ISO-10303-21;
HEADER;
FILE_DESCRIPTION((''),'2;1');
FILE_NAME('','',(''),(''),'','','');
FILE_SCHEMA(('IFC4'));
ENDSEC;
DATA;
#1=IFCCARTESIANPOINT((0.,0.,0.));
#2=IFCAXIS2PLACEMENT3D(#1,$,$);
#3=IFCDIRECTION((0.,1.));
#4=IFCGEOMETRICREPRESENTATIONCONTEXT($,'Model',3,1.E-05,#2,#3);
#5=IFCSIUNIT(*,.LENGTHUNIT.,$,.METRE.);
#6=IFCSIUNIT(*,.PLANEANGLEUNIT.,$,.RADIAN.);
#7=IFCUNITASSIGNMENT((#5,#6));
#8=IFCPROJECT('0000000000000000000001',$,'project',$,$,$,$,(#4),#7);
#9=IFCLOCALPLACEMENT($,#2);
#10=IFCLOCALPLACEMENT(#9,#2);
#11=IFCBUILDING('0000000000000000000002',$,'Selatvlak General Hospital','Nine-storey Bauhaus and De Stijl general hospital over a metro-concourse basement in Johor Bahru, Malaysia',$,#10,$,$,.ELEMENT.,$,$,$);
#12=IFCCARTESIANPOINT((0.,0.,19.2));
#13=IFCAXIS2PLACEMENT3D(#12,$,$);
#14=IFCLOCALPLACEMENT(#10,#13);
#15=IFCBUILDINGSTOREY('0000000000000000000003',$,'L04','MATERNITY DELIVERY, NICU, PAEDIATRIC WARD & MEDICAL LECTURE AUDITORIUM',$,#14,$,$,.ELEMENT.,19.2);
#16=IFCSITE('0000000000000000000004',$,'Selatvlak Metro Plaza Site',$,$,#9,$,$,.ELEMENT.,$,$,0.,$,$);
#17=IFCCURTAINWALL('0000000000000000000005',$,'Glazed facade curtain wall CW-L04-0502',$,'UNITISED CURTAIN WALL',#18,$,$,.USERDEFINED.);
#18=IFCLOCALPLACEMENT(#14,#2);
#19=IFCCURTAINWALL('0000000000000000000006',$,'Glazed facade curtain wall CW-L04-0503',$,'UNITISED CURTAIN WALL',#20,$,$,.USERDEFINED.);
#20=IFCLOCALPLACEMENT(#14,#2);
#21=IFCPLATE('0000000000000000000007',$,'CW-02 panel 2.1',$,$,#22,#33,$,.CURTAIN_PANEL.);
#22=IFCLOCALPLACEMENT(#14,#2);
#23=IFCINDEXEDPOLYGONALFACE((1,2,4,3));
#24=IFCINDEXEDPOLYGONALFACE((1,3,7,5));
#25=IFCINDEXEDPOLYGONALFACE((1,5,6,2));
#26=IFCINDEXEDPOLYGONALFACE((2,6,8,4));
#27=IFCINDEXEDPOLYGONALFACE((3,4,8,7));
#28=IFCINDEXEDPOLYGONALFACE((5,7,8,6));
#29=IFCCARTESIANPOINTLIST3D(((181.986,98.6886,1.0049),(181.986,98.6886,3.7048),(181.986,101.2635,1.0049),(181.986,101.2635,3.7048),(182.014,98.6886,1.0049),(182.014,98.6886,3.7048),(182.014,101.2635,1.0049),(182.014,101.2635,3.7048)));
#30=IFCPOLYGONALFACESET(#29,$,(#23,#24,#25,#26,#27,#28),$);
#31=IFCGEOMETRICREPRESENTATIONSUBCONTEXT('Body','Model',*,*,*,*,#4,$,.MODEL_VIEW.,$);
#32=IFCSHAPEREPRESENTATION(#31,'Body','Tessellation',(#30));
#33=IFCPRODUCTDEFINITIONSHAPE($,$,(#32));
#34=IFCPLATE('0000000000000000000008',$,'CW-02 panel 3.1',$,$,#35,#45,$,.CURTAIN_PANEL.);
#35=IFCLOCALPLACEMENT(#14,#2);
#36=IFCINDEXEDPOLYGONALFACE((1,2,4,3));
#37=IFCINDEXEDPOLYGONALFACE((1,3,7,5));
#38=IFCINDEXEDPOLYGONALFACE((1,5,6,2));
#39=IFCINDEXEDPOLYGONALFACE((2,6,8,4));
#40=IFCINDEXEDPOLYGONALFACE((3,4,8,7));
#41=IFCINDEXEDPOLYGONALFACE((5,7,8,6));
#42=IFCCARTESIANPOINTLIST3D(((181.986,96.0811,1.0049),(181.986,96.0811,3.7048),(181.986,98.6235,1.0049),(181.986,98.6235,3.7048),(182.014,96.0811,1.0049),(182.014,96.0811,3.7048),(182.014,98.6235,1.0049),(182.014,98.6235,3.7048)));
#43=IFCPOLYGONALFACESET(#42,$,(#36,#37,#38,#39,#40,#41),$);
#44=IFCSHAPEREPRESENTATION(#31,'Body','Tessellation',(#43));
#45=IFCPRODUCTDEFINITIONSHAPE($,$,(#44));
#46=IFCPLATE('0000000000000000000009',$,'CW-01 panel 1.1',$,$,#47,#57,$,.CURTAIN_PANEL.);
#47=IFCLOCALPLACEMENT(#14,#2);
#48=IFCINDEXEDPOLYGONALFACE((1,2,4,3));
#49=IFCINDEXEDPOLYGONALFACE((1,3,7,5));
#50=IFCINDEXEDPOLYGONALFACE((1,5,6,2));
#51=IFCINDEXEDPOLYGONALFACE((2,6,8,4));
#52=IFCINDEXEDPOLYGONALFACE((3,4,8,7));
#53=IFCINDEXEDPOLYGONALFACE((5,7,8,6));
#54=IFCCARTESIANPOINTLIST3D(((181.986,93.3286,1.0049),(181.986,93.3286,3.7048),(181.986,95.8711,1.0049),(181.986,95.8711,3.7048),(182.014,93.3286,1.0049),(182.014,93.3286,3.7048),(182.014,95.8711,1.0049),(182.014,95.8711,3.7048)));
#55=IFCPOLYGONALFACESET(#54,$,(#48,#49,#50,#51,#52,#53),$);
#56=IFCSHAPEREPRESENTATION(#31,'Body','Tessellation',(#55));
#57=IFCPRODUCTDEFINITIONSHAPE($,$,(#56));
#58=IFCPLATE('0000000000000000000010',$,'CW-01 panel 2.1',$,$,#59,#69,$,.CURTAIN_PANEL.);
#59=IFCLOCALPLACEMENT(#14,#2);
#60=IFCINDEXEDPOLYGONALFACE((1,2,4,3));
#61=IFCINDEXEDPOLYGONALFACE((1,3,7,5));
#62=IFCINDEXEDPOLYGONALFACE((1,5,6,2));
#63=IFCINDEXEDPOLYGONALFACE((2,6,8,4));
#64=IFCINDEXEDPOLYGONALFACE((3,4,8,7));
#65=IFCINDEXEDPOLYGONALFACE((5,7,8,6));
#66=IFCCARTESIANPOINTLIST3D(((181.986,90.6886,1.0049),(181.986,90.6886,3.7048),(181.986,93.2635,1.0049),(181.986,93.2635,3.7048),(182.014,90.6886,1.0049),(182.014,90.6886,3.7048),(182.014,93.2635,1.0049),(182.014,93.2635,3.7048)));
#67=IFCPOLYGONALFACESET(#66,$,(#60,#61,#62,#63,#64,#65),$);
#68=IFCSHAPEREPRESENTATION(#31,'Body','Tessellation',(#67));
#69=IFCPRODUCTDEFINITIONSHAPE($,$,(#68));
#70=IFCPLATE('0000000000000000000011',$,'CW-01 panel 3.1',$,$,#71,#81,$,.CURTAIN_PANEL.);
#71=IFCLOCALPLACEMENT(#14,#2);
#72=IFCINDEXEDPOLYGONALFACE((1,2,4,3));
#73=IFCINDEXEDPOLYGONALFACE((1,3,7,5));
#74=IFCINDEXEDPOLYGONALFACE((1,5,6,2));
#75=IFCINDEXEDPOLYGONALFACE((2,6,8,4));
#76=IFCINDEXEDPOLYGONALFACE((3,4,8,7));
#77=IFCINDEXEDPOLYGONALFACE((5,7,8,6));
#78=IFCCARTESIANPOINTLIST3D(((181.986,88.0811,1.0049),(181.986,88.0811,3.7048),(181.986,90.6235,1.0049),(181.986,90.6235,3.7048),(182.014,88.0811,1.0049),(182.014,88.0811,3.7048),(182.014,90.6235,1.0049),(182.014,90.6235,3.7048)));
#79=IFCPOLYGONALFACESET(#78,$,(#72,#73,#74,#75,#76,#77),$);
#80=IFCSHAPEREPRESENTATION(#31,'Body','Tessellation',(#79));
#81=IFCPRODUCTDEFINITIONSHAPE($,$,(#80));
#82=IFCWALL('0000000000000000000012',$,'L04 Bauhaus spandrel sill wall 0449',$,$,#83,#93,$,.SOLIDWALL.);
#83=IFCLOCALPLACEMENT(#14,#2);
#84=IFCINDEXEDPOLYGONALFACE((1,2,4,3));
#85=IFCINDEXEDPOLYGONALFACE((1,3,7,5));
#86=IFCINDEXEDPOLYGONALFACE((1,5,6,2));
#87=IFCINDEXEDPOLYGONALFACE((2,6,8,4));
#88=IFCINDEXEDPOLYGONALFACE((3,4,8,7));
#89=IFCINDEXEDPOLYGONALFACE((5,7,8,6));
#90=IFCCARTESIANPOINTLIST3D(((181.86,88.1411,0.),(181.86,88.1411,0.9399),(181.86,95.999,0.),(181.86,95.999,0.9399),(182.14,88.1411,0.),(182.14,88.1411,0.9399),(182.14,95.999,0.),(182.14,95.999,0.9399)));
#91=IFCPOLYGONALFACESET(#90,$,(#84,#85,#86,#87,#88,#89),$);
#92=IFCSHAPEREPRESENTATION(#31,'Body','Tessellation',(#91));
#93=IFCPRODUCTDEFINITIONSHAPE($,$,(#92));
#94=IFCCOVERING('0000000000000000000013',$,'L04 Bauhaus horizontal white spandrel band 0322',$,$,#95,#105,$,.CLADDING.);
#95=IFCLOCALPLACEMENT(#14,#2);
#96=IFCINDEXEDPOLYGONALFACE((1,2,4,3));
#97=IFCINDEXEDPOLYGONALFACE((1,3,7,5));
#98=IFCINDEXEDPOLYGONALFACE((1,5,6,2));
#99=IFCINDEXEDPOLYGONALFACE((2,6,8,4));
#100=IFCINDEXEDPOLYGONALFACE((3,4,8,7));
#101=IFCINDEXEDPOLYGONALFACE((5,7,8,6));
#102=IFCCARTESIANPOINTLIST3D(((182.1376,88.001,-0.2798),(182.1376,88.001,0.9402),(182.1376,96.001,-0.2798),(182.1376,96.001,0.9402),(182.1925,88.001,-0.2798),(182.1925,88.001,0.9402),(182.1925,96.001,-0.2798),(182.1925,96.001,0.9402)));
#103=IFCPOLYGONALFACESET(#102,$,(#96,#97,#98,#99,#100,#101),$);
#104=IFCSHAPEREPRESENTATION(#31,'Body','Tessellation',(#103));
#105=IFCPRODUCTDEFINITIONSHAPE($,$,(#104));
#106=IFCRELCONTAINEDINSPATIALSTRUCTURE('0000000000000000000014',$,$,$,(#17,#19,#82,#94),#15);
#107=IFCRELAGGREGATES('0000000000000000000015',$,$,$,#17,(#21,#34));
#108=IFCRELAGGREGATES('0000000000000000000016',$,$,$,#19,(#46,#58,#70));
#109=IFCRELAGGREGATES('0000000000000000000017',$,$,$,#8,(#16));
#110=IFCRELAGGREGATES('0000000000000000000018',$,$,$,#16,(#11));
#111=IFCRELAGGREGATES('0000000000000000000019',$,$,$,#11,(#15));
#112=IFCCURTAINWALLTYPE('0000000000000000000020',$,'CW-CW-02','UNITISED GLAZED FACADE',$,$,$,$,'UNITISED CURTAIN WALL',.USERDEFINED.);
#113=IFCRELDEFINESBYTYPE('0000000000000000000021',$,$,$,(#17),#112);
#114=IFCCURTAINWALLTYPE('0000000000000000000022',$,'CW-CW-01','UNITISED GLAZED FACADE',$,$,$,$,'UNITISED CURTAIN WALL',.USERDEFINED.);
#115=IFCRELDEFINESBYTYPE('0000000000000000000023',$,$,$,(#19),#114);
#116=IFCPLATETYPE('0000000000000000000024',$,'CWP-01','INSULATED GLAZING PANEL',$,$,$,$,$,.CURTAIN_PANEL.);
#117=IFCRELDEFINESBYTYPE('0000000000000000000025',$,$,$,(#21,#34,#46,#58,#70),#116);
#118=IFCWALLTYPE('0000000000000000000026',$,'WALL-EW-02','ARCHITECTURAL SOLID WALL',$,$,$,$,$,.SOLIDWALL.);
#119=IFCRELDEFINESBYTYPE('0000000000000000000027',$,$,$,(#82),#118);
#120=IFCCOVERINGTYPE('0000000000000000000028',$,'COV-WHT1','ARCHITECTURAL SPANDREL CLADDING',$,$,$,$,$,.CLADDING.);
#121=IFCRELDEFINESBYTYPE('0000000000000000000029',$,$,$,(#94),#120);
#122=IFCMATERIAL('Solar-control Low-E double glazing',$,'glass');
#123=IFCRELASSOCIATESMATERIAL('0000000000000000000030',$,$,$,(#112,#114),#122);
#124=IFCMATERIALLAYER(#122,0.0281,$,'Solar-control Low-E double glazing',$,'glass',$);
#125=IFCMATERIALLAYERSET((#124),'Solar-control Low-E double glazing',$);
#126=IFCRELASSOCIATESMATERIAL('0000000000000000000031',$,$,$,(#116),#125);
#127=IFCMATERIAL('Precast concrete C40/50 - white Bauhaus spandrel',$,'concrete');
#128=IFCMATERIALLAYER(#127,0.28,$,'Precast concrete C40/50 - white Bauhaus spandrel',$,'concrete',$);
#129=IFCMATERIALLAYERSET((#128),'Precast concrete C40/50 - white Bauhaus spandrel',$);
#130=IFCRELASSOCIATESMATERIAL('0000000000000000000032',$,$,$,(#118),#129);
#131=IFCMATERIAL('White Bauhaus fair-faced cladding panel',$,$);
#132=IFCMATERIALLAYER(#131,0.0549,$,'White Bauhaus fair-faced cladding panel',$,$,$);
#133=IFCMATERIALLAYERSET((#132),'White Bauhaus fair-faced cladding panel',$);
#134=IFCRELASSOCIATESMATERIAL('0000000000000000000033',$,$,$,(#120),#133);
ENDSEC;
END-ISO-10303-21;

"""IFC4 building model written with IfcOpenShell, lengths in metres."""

from ifc_helpers import new_model, si_unit, direction, frame, frame_2d, origin, origin_2d, place, context, subcontext, project, spatial, rectangle, extrude, material, layer, layer_set, type_object, element, aggregate, save


model = new_model("IFC4")

# Units and contexts
model_context = context("Model", 3, precision=1e-05, world=origin(), true_north=direction((0.0, 1.0)))
body_context = subcontext(model_context, "Body", "Model", "MODEL_VIEW")
ifc_project = project(units=[si_unit("LENGTHUNIT", "METRE"), si_unit("PLANEANGLEUNIT", "RADIAN")], contexts=[model_context])

# Site, building, storey
site_placement = place(None, origin())
site = spatial("IfcSite", under=ifc_project, at=site_placement, Name="Selatvlak Metro Plaza Site", CompositionType="ELEMENT", RefElevation=0.0)
building_placement = place(site_placement, origin())
building = spatial("IfcBuilding", under=site, at=building_placement, Name="Selatvlak General Hospital", Description="Nine-storey Bauhaus and De Stijl general hospital over a metro-concourse basement in Johor Bahru, Malaysia", CompositionType="ELEMENT")
storey_placement = place(building_placement, frame((0.0, 0.0, 19.2)))
storey = spatial("IfcBuildingStorey", under=building, at=storey_placement, Name="L04", Description="MATERNITY DELIVERY, NICU, PAEDIATRIC WARD & MEDICAL LECTURE AUDITORIUM", CompositionType="ELEMENT", Elevation=19.2)

# Curtain walls
ifc_material_1 = material(Name="Solar-control Low-E double glazing", Category="glass")
curtain_wall_type_1 = type_object("IfcCurtainWallType", Name="CW-CW-02", Description="UNITISED GLAZED FACADE", ElementType="UNITISED CURTAIN WALL", PredefinedType="USERDEFINED", material=ifc_material_1)
curtain_wall_1_placement = place(storey_placement, origin())
curtain_wall_1 = element("IfcCurtainWall", 1, at=curtain_wall_1_placement, inside=storey, type_object=curtain_wall_type_1, Name="Glazed facade curtain wall CW-L04-0502", ObjectType="UNITISED CURTAIN WALL", PredefinedType="USERDEFINED")
curtain_wall_type_2 = type_object("IfcCurtainWallType", Name="CW-CW-01", Description="UNITISED GLAZED FACADE", ElementType="UNITISED CURTAIN WALL", PredefinedType="USERDEFINED", material=ifc_material_1)
curtain_wall_2_placement = place(storey_placement, origin())
curtain_wall_2 = element("IfcCurtainWall", 2, at=curtain_wall_2_placement, inside=storey, type_object=curtain_wall_type_2, Name="Glazed facade curtain wall CW-L04-0503", ObjectType="UNITISED CURTAIN WALL", PredefinedType="USERDEFINED")

# Plates
ifc_layer_1 = layer(ifc_material_1, 0.0281, Name="Solar-control Low-E double glazing", Category="glass")
ifc_layer_set_1 = layer_set([ifc_layer_1], Name="Solar-control Low-E double glazing")
plate_type = type_object("IfcPlateType", Name="CWP-01", Description="INSULATED GLAZING PANEL", PredefinedType="CURTAIN_PANEL", material=ifc_layer_set_1)
plate_1_placement = place(storey_placement, frame((182.0, 99.9761, 1.0049), z_axis=(0.0, 0.0, 1.0), x_axis=(0.0, -1.0, 0.0)))
plate_1 = element("IfcPlate", 3, at=plate_1_placement, type_object=plate_type, Name="CW-02 panel 2.1", PredefinedType="CURTAIN_PANEL", context=body_context, shape_type="SweptSolid", body=[
    extrude(rectangle(XDim=2.575, YDim=0.0281, at=origin_2d()), origin(), (0.0, 0.0, 1.0), 2.7),
])
plate_2_placement = place(storey_placement, frame((182.0, 97.3523, 1.0049), z_axis=(0.0, 0.0, 1.0), x_axis=(0.0, -1.0, 0.0)))
plate_2 = element("IfcPlate", 4, at=plate_2_placement, type_object=plate_type, Name="CW-02 panel 3.1", PredefinedType="CURTAIN_PANEL", context=body_context, shape_type="SweptSolid", body=[
    extrude(rectangle(XDim=2.5425, YDim=0.0281, at=origin_2d()), origin(), (0.0, 0.0, 1.0), 2.7),
])
aggregate(curtain_wall_1, [plate_1, plate_2])
plate_3_placement = place(storey_placement, frame((182.0, 94.5999, 1.0049), z_axis=(0.0, 0.0, 1.0), x_axis=(0.0, -1.0, 0.0)))
plate_3 = element("IfcPlate", 5, at=plate_3_placement, type_object=plate_type, Name="CW-01 panel 1.1", PredefinedType="CURTAIN_PANEL", context=body_context, shape_type="SweptSolid", body=[
    extrude(rectangle(XDim=2.5425, YDim=0.0281, at=origin_2d()), origin(), (0.0, 0.0, 1.0), 2.7),
])
plate_4_placement = place(storey_placement, frame((182.0, 91.9761, 1.0049), z_axis=(0.0, 0.0, 1.0), x_axis=(0.0, -1.0, 0.0)))
plate_4 = element("IfcPlate", 6, at=plate_4_placement, type_object=plate_type, Name="CW-01 panel 2.1", PredefinedType="CURTAIN_PANEL", context=body_context, shape_type="SweptSolid", body=[
    extrude(rectangle(XDim=2.575, YDim=0.0281, at=origin_2d()), origin(), (0.0, 0.0, 1.0), 2.7),
])
plate_5_placement = place(storey_placement, frame((182.0, 89.3523, 1.0049), z_axis=(0.0, 0.0, 1.0), x_axis=(0.0, -1.0, 0.0)))
plate_5 = element("IfcPlate", 7, at=plate_5_placement, type_object=plate_type, Name="CW-01 panel 3.1", PredefinedType="CURTAIN_PANEL", context=body_context, shape_type="SweptSolid", body=[
    extrude(rectangle(XDim=2.5425, YDim=0.0281, at=origin_2d()), origin(), (0.0, 0.0, 1.0), 2.7),
])
aggregate(curtain_wall_2, [plate_3, plate_4, plate_5])

# Wall
ifc_material_2 = material(Name="Precast concrete C40/50 - white Bauhaus spandrel", Category="concrete")
ifc_layer_2 = layer(ifc_material_2, 0.28, Name="Precast concrete C40/50 - white Bauhaus spandrel", Category="concrete")
ifc_layer_set_2 = layer_set([ifc_layer_2], Name="Precast concrete C40/50 - white Bauhaus spandrel")
wall_type = type_object("IfcWallType", Name="WALL-EW-02", Description="ARCHITECTURAL SOLID WALL", PredefinedType="SOLIDWALL", material=ifc_layer_set_2)
wall_placement = place(storey_placement, frame((182.0, 95.999, 0.0), z_axis=(0.0, 0.0, 1.0), x_axis=(0.0, -1.0, 0.0)))
element("IfcWall", 8, at=wall_placement, inside=storey, type_object=wall_type, Name="L04 Bauhaus spandrel sill wall 0449", PredefinedType="SOLIDWALL", context=body_context, shape_type="SweptSolid", body=[
    extrude(rectangle(XDim=7.8579, YDim=0.28, at=frame_2d((3.929, 0.0))), origin(), (0.0, 0.0, 1.0), 0.9399),
])

# Covering
ifc_material_3 = material(Name="White Bauhaus fair-faced cladding panel")
ifc_layer_3 = layer(ifc_material_3, 0.0549, Name="White Bauhaus fair-faced cladding panel")
ifc_layer_set_3 = layer_set([ifc_layer_3], Name="White Bauhaus fair-faced cladding panel")
covering_type = type_object("IfcCoveringType", Name="COV-WHT1", Description="ARCHITECTURAL SPANDREL CLADDING", PredefinedType="CLADDING", material=ifc_layer_set_3)
covering_placement = place(storey_placement, frame((182.165, 92.001, -0.2798), z_axis=(0.0, 0.0, 1.0), x_axis=(0.0, -1.0, 0.0)))
element("IfcCovering", 9, at=covering_placement, inside=storey, type_object=covering_type, Name="L04 Bauhaus horizontal white spandrel band 0322", PredefinedType="CLADDING", context=body_context, shape_type="SweptSolid", body=[
    extrude(rectangle(XDim=8.0, YDim=0.0549, at=origin_2d()), origin(), (0.0, 0.0, 1.0), 1.22),
])

save(model, "model.ifc")
